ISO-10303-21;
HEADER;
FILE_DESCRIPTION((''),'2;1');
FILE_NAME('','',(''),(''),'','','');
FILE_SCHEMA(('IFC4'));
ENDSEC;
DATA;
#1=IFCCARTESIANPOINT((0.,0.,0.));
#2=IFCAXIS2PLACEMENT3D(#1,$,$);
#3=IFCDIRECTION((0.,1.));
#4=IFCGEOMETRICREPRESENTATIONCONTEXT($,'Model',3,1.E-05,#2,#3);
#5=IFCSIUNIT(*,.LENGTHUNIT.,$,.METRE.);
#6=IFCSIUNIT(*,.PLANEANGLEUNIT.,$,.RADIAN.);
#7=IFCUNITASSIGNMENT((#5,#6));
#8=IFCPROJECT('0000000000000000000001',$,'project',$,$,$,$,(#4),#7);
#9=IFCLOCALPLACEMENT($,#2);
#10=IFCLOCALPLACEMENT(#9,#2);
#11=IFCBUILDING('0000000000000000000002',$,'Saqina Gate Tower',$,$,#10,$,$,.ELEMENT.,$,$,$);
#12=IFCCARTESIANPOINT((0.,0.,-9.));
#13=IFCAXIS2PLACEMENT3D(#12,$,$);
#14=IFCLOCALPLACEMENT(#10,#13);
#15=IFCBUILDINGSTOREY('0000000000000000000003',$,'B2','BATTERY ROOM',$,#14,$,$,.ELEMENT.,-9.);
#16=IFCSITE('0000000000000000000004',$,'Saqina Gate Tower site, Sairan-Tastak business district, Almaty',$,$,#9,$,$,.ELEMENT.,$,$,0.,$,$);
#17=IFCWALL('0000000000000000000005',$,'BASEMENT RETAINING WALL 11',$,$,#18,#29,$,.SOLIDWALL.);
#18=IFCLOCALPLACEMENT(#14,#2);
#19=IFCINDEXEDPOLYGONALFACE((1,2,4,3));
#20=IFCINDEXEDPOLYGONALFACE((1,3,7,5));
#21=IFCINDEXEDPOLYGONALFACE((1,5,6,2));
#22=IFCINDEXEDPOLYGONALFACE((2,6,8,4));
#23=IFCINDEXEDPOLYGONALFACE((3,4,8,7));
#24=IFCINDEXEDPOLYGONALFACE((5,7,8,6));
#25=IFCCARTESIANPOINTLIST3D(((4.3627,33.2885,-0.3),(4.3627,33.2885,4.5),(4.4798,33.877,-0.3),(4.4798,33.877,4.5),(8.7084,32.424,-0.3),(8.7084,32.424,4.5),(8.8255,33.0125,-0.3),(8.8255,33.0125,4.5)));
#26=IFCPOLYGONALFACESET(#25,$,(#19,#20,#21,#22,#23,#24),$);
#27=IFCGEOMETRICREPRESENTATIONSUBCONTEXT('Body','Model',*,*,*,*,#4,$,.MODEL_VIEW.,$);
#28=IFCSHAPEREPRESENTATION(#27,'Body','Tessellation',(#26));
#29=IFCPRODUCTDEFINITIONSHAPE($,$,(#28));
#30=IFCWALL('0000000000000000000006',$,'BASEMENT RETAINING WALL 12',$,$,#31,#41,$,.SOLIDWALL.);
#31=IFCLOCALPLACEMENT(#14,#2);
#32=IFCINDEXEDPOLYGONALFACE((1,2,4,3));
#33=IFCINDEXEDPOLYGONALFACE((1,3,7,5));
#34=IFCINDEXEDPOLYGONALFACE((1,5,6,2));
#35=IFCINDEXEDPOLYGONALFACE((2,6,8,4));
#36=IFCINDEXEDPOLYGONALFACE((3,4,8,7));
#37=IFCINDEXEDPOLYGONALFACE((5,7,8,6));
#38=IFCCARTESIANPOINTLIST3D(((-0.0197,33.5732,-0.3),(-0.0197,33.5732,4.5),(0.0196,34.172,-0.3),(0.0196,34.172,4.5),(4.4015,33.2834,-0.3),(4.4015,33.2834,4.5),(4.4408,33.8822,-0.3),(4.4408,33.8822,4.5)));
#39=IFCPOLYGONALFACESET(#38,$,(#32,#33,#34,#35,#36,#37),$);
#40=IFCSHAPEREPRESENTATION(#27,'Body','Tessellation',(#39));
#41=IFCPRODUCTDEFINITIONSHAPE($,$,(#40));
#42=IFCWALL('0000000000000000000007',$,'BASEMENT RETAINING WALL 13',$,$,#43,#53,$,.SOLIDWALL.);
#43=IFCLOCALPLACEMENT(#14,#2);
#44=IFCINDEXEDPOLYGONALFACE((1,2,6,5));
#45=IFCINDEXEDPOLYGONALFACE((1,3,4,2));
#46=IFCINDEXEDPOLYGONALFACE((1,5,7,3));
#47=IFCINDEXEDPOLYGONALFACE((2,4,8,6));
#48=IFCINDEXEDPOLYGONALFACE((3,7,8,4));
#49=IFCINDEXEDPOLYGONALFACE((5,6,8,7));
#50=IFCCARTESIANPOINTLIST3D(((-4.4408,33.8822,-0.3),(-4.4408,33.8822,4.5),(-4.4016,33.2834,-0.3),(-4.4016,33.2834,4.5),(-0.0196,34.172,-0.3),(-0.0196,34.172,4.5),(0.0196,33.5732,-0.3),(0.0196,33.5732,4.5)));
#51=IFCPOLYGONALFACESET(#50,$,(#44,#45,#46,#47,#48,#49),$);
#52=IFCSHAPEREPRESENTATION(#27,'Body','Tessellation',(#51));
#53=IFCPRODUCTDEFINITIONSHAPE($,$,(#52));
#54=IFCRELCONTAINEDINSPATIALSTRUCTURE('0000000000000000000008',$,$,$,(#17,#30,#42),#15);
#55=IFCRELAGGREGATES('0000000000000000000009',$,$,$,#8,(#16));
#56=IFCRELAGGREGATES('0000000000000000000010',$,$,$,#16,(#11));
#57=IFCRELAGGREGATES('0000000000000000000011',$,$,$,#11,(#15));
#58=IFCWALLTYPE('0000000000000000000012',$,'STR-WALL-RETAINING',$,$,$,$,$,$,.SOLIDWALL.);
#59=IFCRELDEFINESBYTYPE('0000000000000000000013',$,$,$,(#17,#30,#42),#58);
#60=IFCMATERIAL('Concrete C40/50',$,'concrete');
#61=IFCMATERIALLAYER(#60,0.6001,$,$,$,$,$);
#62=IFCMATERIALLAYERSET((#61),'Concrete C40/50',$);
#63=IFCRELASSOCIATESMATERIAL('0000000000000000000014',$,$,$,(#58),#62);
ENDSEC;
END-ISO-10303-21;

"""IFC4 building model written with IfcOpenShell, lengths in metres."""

from ifc_helpers import new_model, si_unit, direction, frame, frame_2d, origin, place, context, subcontext, project, spatial, rectangle, extrude, material, layer, layer_set, type_object, element, save


model = new_model("IFC4")

# Units and contexts
model_context = context("Model", 3, precision=1e-05, world=origin(), true_north=direction((0.0, 1.0)))
body_context = subcontext(model_context, "Body", "Model", "MODEL_VIEW")
ifc_project = project(units=[si_unit("LENGTHUNIT", "METRE"), si_unit("PLANEANGLEUNIT", "RADIAN")], contexts=[model_context])

# Site, building, storey
site_placement = place(None, origin())
site = spatial("IfcSite", under=ifc_project, at=site_placement, Name="Saqina Gate Tower site, Sairan-Tastak business district, Almaty", CompositionType="ELEMENT", RefElevation=0.0)
building_placement = place(site_placement, origin())
building = spatial("IfcBuilding", under=site, at=building_placement, Name="Saqina Gate Tower", CompositionType="ELEMENT")
storey_placement = place(building_placement, frame((0.0, 0.0, -9.0)))
storey = spatial("IfcBuildingStorey", under=building, at=storey_placement, Name="B2", Description="BATTERY ROOM", CompositionType="ELEMENT", Elevation=-9.0)

# Walls
ifc_material_1 = material(Name="Concrete C40/50", Category="concrete")
ifc_layer_1 = layer(ifc_material_1, 0.6001)
ifc_layer_set_1 = layer_set([ifc_layer_1], Name="Concrete C40/50")
wall_type_1 = type_object("IfcWallType", Name="STR-WALL-RETAINING", PredefinedType="SOLIDWALL", material=ifc_layer_set_1)
wall_1_placement = place(storey_placement, frame((8.7668, 32.7183, -0.3), z_axis=(0.0, 0.0, 1.0), x_axis=(-0.980781, 0.195109, 0.0)))
element("IfcWall", 1, at=wall_1_placement, inside=storey, type_object=wall_type_1, Name="BASEMENT RETAINING WALL 11", PredefinedType="SOLIDWALL", context=body_context, shape_type="SweptSolid", body=[
    extrude(rectangle(XDim=4.4309, YDim=0.6001, at=frame_2d((2.2153, 0.0))), origin(), (0.0, 0.0, 1.0), 4.8),
])
for number, where, z_axis, x_axis, name in (
    (2, (4.4211, 33.5828, -0.3), (0.0, 0.0, 1.0), (-0.997859, 0.065407, 0.0), "BASEMENT RETAINING WALL 12"),
    (3, (0.0, 33.8726, -0.3), (0.0, 0.0, 1.0), (-0.997859, -0.065407, 0.0), "BASEMENT RETAINING WALL 13"),
):
    element("IfcWall", number, at=place(storey_placement, frame(where, z_axis=z_axis, x_axis=x_axis)), inside=storey, type_object=wall_type_1, Name=name, PredefinedType="SOLIDWALL", context=body_context, shape_type="SweptSolid", body=[
        extrude(rectangle(XDim=4.4307, YDim=0.6001, at=frame_2d((2.2153, 0.0))), origin(), (0.0, 0.0, 1.0), 4.8),
    ])

save(model, "model.ifc")
